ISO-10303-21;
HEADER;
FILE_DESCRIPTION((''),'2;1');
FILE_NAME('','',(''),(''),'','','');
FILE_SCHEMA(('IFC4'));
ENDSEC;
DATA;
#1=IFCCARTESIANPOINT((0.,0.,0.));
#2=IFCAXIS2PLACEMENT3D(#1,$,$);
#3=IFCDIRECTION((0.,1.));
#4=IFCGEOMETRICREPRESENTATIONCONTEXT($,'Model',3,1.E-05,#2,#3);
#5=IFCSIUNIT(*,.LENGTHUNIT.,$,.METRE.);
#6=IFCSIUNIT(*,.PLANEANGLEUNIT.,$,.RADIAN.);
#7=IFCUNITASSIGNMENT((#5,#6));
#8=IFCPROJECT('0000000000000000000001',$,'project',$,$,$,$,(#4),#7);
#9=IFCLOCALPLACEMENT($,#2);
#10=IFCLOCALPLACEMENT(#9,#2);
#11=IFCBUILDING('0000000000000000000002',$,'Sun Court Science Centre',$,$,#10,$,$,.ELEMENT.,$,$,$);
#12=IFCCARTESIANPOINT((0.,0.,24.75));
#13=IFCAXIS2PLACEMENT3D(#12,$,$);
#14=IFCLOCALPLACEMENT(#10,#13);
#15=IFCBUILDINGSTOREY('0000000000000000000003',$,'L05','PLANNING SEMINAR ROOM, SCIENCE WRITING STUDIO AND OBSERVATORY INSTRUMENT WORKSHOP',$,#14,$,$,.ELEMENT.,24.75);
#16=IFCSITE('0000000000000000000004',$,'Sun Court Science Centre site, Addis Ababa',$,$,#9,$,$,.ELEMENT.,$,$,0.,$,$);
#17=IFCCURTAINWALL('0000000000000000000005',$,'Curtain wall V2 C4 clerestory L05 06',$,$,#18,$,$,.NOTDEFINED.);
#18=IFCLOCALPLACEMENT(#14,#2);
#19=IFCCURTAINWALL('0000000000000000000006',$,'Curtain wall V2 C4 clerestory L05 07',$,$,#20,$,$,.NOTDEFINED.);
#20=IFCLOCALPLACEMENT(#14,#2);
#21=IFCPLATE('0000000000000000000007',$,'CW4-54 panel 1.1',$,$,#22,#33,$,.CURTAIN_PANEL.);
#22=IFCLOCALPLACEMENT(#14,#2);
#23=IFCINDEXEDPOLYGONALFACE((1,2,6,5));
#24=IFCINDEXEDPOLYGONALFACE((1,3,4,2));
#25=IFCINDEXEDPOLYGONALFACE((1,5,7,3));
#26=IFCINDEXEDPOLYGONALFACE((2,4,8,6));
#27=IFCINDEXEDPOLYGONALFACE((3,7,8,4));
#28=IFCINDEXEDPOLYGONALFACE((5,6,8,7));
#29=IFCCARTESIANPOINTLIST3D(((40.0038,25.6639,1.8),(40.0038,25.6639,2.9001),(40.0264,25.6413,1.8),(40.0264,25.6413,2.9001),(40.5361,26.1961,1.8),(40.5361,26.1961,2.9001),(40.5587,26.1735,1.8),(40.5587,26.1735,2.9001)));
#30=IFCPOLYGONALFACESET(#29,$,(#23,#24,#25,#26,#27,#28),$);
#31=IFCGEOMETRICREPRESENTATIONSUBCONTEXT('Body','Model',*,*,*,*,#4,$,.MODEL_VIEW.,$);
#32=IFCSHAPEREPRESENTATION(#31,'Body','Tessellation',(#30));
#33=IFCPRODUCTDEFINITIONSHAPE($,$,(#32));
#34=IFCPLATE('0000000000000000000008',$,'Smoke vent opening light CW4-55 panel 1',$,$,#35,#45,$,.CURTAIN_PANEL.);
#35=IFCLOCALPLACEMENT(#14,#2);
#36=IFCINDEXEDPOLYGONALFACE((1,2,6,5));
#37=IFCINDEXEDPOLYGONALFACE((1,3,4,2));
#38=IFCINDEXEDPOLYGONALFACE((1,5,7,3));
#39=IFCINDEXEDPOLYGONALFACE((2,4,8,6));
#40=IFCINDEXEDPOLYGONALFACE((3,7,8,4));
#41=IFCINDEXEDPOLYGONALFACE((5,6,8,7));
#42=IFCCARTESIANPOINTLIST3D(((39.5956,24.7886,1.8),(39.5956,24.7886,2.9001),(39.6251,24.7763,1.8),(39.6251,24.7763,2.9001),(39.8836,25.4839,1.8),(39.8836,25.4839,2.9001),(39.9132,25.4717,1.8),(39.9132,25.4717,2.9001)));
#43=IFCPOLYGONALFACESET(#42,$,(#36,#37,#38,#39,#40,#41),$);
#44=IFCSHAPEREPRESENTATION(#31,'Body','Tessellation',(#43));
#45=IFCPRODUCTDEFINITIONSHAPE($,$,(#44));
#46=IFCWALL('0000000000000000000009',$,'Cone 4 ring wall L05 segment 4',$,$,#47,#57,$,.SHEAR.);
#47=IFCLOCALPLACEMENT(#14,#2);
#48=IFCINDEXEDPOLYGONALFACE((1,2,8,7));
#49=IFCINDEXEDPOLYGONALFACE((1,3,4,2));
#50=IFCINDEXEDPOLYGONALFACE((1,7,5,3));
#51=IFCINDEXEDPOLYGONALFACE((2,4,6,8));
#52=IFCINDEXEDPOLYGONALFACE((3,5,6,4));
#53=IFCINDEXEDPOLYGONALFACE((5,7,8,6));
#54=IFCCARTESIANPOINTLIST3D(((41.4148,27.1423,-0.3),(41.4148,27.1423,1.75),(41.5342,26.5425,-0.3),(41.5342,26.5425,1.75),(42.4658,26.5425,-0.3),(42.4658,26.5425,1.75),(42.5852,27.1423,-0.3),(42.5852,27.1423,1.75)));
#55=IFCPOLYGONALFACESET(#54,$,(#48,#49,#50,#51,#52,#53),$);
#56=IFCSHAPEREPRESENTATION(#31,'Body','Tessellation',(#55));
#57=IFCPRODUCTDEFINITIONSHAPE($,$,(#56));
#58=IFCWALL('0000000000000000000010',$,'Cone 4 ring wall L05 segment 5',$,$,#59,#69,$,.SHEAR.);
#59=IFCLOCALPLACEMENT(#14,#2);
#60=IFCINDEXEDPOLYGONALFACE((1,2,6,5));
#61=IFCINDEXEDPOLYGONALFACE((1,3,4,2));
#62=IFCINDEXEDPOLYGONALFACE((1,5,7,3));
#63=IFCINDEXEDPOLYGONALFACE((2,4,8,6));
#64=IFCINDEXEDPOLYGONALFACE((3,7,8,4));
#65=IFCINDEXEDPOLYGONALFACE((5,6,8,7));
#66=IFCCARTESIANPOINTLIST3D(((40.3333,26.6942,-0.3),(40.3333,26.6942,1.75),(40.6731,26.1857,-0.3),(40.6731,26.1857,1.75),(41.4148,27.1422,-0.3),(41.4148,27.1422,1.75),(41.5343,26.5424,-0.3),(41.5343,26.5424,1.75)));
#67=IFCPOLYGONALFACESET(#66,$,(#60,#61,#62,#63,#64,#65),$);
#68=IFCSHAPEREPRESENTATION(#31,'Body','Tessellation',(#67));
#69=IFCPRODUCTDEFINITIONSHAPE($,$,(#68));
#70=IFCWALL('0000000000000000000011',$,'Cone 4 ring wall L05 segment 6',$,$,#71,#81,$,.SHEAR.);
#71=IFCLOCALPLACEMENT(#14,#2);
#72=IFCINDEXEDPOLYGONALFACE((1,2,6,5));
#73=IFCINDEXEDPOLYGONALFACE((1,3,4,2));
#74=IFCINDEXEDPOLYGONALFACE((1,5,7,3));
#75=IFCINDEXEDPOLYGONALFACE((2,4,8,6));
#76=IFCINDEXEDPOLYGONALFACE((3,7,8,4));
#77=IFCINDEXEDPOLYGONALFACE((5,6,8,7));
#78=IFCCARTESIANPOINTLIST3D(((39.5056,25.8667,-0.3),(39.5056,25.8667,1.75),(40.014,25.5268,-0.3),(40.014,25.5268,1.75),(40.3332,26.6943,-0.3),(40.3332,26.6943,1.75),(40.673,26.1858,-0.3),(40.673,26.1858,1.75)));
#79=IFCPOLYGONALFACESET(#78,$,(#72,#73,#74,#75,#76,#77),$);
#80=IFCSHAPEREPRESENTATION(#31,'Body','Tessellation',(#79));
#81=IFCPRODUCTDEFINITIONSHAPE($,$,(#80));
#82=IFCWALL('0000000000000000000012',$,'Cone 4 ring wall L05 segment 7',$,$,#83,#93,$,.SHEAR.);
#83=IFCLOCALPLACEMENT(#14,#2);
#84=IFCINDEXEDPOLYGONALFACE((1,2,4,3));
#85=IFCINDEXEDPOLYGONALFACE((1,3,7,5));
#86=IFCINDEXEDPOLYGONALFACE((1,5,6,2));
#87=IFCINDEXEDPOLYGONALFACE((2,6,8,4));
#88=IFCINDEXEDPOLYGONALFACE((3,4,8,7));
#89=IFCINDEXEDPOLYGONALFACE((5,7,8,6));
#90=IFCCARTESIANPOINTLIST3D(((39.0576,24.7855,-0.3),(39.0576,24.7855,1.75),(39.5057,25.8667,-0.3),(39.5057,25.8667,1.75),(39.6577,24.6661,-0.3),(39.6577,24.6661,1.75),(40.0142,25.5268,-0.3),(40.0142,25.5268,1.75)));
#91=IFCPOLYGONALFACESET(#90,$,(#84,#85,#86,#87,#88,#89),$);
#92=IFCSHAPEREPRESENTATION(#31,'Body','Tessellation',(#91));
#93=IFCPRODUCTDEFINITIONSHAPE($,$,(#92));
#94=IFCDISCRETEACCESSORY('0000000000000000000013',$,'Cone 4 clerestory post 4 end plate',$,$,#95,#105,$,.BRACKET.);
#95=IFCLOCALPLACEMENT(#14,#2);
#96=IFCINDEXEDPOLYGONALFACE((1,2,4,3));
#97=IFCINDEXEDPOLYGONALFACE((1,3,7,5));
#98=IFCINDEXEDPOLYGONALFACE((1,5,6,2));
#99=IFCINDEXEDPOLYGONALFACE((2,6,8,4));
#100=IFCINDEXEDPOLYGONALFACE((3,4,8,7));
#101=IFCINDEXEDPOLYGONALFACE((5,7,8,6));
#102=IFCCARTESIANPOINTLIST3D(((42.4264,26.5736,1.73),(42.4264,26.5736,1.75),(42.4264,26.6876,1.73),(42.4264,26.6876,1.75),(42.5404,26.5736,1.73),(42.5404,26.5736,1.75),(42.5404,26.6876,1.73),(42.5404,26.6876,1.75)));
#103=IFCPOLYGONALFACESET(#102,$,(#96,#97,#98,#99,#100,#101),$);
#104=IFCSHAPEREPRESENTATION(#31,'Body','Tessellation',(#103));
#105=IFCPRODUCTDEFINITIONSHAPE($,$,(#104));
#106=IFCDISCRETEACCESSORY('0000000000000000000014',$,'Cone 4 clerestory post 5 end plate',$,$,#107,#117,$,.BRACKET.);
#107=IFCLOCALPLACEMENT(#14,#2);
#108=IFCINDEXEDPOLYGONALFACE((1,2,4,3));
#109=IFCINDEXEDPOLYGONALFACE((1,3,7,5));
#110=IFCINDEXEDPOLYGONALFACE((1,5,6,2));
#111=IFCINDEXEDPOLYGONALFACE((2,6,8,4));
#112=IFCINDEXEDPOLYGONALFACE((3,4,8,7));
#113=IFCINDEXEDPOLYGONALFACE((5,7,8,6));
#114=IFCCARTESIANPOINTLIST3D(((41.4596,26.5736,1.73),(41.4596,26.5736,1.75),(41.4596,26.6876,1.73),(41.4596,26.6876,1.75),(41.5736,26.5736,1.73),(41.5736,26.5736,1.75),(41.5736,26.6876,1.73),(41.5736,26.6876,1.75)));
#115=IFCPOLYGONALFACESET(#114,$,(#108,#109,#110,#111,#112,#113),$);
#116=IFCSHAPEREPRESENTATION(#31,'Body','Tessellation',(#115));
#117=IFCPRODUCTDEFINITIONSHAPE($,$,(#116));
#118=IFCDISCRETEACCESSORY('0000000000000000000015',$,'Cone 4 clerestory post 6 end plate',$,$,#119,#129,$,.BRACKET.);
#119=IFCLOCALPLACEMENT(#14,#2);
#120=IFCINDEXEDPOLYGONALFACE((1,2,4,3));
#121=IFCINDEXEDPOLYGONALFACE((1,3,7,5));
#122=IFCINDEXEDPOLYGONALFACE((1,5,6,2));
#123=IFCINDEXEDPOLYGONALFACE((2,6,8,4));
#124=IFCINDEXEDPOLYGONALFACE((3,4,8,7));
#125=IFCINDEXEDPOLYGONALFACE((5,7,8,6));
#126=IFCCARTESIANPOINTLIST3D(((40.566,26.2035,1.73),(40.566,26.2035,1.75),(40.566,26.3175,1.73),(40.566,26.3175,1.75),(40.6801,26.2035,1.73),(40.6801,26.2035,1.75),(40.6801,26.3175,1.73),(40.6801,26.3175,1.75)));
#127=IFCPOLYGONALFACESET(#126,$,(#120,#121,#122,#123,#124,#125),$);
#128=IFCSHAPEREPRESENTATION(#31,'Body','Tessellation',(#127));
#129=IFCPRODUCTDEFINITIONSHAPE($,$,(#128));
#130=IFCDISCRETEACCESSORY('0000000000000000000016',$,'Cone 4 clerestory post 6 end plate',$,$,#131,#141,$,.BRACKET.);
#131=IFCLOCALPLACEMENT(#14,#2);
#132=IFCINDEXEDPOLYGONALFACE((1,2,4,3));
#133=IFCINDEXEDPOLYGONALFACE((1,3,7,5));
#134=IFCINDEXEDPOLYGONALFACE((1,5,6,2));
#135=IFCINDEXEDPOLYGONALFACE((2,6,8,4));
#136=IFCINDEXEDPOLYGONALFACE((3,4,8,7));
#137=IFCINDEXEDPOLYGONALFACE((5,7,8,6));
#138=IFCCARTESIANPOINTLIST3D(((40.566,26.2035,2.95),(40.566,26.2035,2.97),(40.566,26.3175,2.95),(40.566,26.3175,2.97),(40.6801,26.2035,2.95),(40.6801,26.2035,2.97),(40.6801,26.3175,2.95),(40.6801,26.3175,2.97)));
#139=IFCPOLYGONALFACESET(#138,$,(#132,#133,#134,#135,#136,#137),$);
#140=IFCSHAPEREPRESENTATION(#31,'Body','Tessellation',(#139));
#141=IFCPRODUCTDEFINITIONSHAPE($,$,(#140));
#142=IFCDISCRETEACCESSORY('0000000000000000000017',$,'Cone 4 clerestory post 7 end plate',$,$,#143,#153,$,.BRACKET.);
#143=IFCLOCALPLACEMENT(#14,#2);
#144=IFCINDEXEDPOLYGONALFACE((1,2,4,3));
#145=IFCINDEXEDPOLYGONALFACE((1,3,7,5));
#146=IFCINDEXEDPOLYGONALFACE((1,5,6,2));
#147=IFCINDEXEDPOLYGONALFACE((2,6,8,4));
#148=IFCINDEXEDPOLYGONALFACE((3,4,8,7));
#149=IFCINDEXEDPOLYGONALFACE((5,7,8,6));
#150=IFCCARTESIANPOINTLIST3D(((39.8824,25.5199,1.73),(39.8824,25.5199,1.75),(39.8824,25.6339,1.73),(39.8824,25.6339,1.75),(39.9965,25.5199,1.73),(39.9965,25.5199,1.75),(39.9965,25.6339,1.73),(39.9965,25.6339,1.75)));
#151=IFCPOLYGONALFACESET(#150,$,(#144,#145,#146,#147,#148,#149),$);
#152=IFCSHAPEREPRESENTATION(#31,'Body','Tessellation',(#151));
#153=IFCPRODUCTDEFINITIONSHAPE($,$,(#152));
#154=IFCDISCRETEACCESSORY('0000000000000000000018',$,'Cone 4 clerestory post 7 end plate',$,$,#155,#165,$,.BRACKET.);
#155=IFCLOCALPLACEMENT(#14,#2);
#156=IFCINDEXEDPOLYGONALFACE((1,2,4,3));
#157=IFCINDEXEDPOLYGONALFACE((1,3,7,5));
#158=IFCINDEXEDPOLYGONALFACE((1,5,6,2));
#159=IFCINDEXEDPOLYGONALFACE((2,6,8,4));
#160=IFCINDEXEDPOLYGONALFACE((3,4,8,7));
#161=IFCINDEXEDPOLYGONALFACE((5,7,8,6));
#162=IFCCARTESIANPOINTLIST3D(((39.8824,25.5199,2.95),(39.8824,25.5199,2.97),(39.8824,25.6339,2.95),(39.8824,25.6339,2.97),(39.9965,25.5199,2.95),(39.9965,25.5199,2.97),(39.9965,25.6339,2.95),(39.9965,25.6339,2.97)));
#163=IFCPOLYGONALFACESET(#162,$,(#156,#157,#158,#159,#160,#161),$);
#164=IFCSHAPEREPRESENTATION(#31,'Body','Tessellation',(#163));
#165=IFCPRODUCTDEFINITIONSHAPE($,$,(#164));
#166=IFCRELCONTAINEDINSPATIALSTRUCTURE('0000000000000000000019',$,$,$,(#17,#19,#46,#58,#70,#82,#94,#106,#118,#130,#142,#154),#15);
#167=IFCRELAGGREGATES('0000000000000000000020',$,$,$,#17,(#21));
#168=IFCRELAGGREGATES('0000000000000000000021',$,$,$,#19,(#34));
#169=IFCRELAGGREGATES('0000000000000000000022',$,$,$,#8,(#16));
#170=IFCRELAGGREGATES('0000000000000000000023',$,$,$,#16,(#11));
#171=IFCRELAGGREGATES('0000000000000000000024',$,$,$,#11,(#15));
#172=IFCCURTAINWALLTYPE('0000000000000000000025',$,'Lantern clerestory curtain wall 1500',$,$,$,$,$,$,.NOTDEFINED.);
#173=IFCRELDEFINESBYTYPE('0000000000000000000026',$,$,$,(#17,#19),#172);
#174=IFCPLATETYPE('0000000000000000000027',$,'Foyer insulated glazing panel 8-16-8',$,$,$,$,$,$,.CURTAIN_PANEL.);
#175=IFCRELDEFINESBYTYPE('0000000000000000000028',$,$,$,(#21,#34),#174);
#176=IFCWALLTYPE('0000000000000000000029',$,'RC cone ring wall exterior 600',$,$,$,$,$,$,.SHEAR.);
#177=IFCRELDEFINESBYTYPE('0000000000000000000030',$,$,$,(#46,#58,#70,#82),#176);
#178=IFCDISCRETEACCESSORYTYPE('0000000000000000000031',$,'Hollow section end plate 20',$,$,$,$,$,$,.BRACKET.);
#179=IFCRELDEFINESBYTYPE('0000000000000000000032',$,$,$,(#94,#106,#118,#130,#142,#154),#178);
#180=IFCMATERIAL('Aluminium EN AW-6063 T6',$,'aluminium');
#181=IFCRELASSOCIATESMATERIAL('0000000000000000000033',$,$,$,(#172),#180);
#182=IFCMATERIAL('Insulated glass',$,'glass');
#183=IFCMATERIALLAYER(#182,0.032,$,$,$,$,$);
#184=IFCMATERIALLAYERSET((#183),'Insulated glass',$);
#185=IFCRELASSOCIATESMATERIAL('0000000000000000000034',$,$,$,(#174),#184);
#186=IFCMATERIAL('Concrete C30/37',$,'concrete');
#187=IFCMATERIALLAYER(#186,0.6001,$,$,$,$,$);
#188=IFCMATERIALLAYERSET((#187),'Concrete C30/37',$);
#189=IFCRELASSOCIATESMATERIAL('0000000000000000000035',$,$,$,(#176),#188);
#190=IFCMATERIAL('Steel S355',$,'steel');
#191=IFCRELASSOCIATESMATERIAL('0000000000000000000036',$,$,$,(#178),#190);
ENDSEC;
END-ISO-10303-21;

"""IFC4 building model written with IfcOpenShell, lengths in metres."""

from ifc_helpers import new_model, si_unit, direction, frame, origin, origin_2d, place, context, subcontext, project, spatial, polyline, rectangle, outline, extrude, material, layer, layer_set, type_object, element, aggregate, save


model = new_model("IFC4")

# Units and contexts
model_context = context("Model", 3, precision=1e-05, world=origin(), true_north=direction((0.0, 1.0)))
body_context = subcontext(model_context, "Body", "Model", "MODEL_VIEW")
ifc_project = project(units=[si_unit("LENGTHUNIT", "METRE"), si_unit("PLANEANGLEUNIT", "RADIAN")], contexts=[model_context])

# Site, building, storey
site_placement = place(None, origin())
site = spatial("IfcSite", under=ifc_project, at=site_placement, Name="Sun Court Science Centre site, Addis Ababa", CompositionType="ELEMENT", RefElevation=0.0)
building_placement = place(site_placement, origin())
building = spatial("IfcBuilding", under=site, at=building_placement, Name="Sun Court Science Centre", CompositionType="ELEMENT")
storey_placement = place(building_placement, frame((0.0, 0.0, 24.75)))
storey = spatial("IfcBuildingStorey", under=building, at=storey_placement, Name="L05", Description="PLANNING SEMINAR ROOM, SCIENCE WRITING STUDIO AND OBSERVATORY INSTRUMENT WORKSHOP", CompositionType="ELEMENT", Elevation=24.75)

# Shared definitions
ifc_material_1 = material(Name="Aluminium EN AW-6063 T6", Category="aluminium")
curtain_wall_type = type_object("IfcCurtainWallType", Name="Lantern clerestory curtain wall 1500", PredefinedType="NOTDEFINED", material=ifc_material_1)

# Curtain wall
curtain_wall_1_placement = place(storey_placement, origin())
curtain_wall_1 = element("IfcCurtainWall", 1, at=curtain_wall_1_placement, inside=storey, type_object=curtain_wall_type, Name="Curtain wall V2 C4 clerestory L05 06", PredefinedType="NOTDEFINED")

# Curtain wall
curtain_wall_2_placement = place(storey_placement, origin())
curtain_wall_2 = element("IfcCurtainWall", 2, at=curtain_wall_2_placement, inside=storey, type_object=curtain_wall_type, Name="Curtain wall V2 C4 clerestory L05 07", PredefinedType="NOTDEFINED")

# Plates
ifc_material_2 = material(Name="Insulated glass", Category="glass")
ifc_layer_1 = layer(ifc_material_2, 0.032)
ifc_layer_set_1 = layer_set([ifc_layer_1], Name="Insulated glass")
plate_type = type_object("IfcPlateType", Name="Foyer insulated glazing panel 8-16-8", PredefinedType="CURTAIN_PANEL", material=ifc_layer_set_1)
plate_1_placement = place(storey_placement, frame((40.2812, 25.9187, 1.8), z_axis=(0.0, 0.0, 1.0), x_axis=(0.707107, 0.707107, 0.0)))
plate_1 = element("IfcPlate", 3, at=plate_1_placement, type_object=plate_type, Name="CW4-54 panel 1.1", PredefinedType="CURTAIN_PANEL", context=body_context, shape_type="SweptSolid", body=[
    extrude(rectangle(XDim=0.7527, YDim=0.032, at=origin_2d()), origin(), (0.0, 0.0, 1.0), 1.1001),
])
aggregate(curtain_wall_1, [plate_1])
plate_2_placement = place(storey_placement, frame((39.7544, 25.1301, 1.8), z_axis=(0.0, 0.0, 1.0), x_axis=(0.382683, 0.92388, 0.0)))
plate_2 = element("IfcPlate", 4, at=plate_2_placement, type_object=plate_type, Name="Smoke vent opening light CW4-55 panel 1", PredefinedType="CURTAIN_PANEL", context=body_context, shape_type="SweptSolid", body=[
    extrude(rectangle(XDim=0.7527, YDim=0.032, at=origin_2d()), origin(), (0.0, 0.0, 1.0), 1.1001),
])
aggregate(curtain_wall_2, [plate_2])

# Walls
ifc_material_3 = material(Name="Concrete C30/37", Category="concrete")
ifc_layer_2 = layer(ifc_material_3, 0.6001)
ifc_layer_set_2 = layer_set([ifc_layer_2], Name="Concrete C30/37")
wall_type = type_object("IfcWallType", Name="RC cone ring wall exterior 600", PredefinedType="SHEAR", material=ifc_layer_set_2)
wall_1_placement = place(storey_placement, frame((42.5852, 26.8423, -0.3), z_axis=(0.0, 0.0, 1.0), x_axis=(-1.0, 0.0, 0.0)))
element("IfcWall", 5, at=wall_1_placement, inside=storey, type_object=wall_type, Name="Cone 4 ring wall L05 segment 4", PredefinedType="SHEAR", context=body_context, shape_type="SweptSolid", body=[
    extrude(outline(polyline([(0.0, -0.3), (1.1704, -0.3), (1.051, 0.2998), (0.1194, 0.2998), (0.0, -0.3)])), origin(), (0.0, 0.0, 1.0), 2.05),
])
wall_2_placement = place(storey_placement, frame((41.5295, 26.8652, -0.3), z_axis=(0.0, 0.0, 1.0), x_axis=(-0.923877, -0.382689, 0.0)))
element("IfcWall", 6, at=wall_2_placement, inside=storey, type_object=wall_type, Name="Cone 4 ring wall L05 segment 5", PredefinedType="SHEAR", context=body_context, shape_type="SweptSolid", body=[
    extrude(outline(polyline([(0.0, -0.2998), (1.1707, -0.2998), (1.0513, 0.3), (0.1191, 0.3), (0.0, -0.2998)])), origin(), (0.0, 0.0, 1.0), 2.05),
])
wall_3_placement = place(storey_placement, frame((40.5454, 26.4822, -0.3), z_axis=(0.0, 0.0, 1.0), x_axis=(-0.707107, -0.707107, 0.0)))
element("IfcWall", 7, at=wall_3_placement, inside=storey, type_object=wall_type, Name="Cone 4 ring wall L05 segment 6", PredefinedType="SHEAR", context=body_context, shape_type="SweptSolid", body=[
    extrude(outline(polyline([(0.0, -0.3), (1.1704, -0.3), (1.0513, 0.2998), (0.1194, 0.2998), (0.0, -0.3)])), origin(), (0.0, 0.0, 1.0), 2.05),
])
wall_4_placement = place(storey_placement, frame((39.7827, 25.752, -0.3), z_axis=(0.0, 0.0, 1.0), x_axis=(-0.382689, -0.923877, 0.0)))
element("IfcWall", 8, at=wall_4_placement, inside=storey, type_object=wall_type, Name="Cone 4 ring wall L05 segment 7", PredefinedType="SHEAR", context=body_context, shape_type="SweptSolid", body=[
    extrude(outline(polyline([(0.0, -0.2998), (1.1704, -0.3), (1.051, 0.3), (0.1194, 0.3), (0.0, -0.2998)])), origin(), (0.0, 0.0, 1.0), 2.05),
])

# Discrete accessories
ifc_material_4 = material(Name="Steel S355", Category="steel")
discrete_accessory_type = type_object("IfcDiscreteAccessoryType", Name="Hollow section end plate 20", PredefinedType="BRACKET", material=ifc_material_4)
for number, where, z_axis, x_axis, name in (
    (9, (42.4834, 26.6306, 1.73), (0.0, 0.0, 1.0), (1.0, 0.0, 0.0), "Cone 4 clerestory post 4 end plate"),
    (10, (41.5166, 26.6306, 1.73), (0.0, 0.0, 1.0), (1.0, 0.0, 0.0), "Cone 4 clerestory post 5 end plate"),
    (11, (40.623, 26.2605, 1.73), (0.0, 0.0, 1.0), (1.0, 0.0, 0.0), "Cone 4 clerestory post 6 end plate"),
    (12, (40.623, 26.2605, 2.95), (0.0, 0.0, 1.0), (1.0, 0.0, 0.0), "Cone 4 clerestory post 6 end plate"),
    (13, (39.9395, 25.5769, 1.73), (0.0, 0.0, 1.0), (1.0, 0.0, 0.0), "Cone 4 clerestory post 7 end plate"),
    (14, (39.9395, 25.5769, 2.95), (0.0, 0.0, 1.0), (1.0, 0.0, 0.0), "Cone 4 clerestory post 7 end plate"),
):
    element("IfcDiscreteAccessory", number, at=place(storey_placement, frame(where, z_axis=z_axis, x_axis=x_axis)), inside=storey, type_object=discrete_accessory_type, Name=name, PredefinedType="BRACKET", context=body_context, shape_type="SweptSolid", body=[
        extrude(rectangle(XDim=0.114, YDim=0.114, at=origin_2d()), origin(), (0.0, 0.0, 1.0), 0.02),
    ])

save(model, "model.ifc")
